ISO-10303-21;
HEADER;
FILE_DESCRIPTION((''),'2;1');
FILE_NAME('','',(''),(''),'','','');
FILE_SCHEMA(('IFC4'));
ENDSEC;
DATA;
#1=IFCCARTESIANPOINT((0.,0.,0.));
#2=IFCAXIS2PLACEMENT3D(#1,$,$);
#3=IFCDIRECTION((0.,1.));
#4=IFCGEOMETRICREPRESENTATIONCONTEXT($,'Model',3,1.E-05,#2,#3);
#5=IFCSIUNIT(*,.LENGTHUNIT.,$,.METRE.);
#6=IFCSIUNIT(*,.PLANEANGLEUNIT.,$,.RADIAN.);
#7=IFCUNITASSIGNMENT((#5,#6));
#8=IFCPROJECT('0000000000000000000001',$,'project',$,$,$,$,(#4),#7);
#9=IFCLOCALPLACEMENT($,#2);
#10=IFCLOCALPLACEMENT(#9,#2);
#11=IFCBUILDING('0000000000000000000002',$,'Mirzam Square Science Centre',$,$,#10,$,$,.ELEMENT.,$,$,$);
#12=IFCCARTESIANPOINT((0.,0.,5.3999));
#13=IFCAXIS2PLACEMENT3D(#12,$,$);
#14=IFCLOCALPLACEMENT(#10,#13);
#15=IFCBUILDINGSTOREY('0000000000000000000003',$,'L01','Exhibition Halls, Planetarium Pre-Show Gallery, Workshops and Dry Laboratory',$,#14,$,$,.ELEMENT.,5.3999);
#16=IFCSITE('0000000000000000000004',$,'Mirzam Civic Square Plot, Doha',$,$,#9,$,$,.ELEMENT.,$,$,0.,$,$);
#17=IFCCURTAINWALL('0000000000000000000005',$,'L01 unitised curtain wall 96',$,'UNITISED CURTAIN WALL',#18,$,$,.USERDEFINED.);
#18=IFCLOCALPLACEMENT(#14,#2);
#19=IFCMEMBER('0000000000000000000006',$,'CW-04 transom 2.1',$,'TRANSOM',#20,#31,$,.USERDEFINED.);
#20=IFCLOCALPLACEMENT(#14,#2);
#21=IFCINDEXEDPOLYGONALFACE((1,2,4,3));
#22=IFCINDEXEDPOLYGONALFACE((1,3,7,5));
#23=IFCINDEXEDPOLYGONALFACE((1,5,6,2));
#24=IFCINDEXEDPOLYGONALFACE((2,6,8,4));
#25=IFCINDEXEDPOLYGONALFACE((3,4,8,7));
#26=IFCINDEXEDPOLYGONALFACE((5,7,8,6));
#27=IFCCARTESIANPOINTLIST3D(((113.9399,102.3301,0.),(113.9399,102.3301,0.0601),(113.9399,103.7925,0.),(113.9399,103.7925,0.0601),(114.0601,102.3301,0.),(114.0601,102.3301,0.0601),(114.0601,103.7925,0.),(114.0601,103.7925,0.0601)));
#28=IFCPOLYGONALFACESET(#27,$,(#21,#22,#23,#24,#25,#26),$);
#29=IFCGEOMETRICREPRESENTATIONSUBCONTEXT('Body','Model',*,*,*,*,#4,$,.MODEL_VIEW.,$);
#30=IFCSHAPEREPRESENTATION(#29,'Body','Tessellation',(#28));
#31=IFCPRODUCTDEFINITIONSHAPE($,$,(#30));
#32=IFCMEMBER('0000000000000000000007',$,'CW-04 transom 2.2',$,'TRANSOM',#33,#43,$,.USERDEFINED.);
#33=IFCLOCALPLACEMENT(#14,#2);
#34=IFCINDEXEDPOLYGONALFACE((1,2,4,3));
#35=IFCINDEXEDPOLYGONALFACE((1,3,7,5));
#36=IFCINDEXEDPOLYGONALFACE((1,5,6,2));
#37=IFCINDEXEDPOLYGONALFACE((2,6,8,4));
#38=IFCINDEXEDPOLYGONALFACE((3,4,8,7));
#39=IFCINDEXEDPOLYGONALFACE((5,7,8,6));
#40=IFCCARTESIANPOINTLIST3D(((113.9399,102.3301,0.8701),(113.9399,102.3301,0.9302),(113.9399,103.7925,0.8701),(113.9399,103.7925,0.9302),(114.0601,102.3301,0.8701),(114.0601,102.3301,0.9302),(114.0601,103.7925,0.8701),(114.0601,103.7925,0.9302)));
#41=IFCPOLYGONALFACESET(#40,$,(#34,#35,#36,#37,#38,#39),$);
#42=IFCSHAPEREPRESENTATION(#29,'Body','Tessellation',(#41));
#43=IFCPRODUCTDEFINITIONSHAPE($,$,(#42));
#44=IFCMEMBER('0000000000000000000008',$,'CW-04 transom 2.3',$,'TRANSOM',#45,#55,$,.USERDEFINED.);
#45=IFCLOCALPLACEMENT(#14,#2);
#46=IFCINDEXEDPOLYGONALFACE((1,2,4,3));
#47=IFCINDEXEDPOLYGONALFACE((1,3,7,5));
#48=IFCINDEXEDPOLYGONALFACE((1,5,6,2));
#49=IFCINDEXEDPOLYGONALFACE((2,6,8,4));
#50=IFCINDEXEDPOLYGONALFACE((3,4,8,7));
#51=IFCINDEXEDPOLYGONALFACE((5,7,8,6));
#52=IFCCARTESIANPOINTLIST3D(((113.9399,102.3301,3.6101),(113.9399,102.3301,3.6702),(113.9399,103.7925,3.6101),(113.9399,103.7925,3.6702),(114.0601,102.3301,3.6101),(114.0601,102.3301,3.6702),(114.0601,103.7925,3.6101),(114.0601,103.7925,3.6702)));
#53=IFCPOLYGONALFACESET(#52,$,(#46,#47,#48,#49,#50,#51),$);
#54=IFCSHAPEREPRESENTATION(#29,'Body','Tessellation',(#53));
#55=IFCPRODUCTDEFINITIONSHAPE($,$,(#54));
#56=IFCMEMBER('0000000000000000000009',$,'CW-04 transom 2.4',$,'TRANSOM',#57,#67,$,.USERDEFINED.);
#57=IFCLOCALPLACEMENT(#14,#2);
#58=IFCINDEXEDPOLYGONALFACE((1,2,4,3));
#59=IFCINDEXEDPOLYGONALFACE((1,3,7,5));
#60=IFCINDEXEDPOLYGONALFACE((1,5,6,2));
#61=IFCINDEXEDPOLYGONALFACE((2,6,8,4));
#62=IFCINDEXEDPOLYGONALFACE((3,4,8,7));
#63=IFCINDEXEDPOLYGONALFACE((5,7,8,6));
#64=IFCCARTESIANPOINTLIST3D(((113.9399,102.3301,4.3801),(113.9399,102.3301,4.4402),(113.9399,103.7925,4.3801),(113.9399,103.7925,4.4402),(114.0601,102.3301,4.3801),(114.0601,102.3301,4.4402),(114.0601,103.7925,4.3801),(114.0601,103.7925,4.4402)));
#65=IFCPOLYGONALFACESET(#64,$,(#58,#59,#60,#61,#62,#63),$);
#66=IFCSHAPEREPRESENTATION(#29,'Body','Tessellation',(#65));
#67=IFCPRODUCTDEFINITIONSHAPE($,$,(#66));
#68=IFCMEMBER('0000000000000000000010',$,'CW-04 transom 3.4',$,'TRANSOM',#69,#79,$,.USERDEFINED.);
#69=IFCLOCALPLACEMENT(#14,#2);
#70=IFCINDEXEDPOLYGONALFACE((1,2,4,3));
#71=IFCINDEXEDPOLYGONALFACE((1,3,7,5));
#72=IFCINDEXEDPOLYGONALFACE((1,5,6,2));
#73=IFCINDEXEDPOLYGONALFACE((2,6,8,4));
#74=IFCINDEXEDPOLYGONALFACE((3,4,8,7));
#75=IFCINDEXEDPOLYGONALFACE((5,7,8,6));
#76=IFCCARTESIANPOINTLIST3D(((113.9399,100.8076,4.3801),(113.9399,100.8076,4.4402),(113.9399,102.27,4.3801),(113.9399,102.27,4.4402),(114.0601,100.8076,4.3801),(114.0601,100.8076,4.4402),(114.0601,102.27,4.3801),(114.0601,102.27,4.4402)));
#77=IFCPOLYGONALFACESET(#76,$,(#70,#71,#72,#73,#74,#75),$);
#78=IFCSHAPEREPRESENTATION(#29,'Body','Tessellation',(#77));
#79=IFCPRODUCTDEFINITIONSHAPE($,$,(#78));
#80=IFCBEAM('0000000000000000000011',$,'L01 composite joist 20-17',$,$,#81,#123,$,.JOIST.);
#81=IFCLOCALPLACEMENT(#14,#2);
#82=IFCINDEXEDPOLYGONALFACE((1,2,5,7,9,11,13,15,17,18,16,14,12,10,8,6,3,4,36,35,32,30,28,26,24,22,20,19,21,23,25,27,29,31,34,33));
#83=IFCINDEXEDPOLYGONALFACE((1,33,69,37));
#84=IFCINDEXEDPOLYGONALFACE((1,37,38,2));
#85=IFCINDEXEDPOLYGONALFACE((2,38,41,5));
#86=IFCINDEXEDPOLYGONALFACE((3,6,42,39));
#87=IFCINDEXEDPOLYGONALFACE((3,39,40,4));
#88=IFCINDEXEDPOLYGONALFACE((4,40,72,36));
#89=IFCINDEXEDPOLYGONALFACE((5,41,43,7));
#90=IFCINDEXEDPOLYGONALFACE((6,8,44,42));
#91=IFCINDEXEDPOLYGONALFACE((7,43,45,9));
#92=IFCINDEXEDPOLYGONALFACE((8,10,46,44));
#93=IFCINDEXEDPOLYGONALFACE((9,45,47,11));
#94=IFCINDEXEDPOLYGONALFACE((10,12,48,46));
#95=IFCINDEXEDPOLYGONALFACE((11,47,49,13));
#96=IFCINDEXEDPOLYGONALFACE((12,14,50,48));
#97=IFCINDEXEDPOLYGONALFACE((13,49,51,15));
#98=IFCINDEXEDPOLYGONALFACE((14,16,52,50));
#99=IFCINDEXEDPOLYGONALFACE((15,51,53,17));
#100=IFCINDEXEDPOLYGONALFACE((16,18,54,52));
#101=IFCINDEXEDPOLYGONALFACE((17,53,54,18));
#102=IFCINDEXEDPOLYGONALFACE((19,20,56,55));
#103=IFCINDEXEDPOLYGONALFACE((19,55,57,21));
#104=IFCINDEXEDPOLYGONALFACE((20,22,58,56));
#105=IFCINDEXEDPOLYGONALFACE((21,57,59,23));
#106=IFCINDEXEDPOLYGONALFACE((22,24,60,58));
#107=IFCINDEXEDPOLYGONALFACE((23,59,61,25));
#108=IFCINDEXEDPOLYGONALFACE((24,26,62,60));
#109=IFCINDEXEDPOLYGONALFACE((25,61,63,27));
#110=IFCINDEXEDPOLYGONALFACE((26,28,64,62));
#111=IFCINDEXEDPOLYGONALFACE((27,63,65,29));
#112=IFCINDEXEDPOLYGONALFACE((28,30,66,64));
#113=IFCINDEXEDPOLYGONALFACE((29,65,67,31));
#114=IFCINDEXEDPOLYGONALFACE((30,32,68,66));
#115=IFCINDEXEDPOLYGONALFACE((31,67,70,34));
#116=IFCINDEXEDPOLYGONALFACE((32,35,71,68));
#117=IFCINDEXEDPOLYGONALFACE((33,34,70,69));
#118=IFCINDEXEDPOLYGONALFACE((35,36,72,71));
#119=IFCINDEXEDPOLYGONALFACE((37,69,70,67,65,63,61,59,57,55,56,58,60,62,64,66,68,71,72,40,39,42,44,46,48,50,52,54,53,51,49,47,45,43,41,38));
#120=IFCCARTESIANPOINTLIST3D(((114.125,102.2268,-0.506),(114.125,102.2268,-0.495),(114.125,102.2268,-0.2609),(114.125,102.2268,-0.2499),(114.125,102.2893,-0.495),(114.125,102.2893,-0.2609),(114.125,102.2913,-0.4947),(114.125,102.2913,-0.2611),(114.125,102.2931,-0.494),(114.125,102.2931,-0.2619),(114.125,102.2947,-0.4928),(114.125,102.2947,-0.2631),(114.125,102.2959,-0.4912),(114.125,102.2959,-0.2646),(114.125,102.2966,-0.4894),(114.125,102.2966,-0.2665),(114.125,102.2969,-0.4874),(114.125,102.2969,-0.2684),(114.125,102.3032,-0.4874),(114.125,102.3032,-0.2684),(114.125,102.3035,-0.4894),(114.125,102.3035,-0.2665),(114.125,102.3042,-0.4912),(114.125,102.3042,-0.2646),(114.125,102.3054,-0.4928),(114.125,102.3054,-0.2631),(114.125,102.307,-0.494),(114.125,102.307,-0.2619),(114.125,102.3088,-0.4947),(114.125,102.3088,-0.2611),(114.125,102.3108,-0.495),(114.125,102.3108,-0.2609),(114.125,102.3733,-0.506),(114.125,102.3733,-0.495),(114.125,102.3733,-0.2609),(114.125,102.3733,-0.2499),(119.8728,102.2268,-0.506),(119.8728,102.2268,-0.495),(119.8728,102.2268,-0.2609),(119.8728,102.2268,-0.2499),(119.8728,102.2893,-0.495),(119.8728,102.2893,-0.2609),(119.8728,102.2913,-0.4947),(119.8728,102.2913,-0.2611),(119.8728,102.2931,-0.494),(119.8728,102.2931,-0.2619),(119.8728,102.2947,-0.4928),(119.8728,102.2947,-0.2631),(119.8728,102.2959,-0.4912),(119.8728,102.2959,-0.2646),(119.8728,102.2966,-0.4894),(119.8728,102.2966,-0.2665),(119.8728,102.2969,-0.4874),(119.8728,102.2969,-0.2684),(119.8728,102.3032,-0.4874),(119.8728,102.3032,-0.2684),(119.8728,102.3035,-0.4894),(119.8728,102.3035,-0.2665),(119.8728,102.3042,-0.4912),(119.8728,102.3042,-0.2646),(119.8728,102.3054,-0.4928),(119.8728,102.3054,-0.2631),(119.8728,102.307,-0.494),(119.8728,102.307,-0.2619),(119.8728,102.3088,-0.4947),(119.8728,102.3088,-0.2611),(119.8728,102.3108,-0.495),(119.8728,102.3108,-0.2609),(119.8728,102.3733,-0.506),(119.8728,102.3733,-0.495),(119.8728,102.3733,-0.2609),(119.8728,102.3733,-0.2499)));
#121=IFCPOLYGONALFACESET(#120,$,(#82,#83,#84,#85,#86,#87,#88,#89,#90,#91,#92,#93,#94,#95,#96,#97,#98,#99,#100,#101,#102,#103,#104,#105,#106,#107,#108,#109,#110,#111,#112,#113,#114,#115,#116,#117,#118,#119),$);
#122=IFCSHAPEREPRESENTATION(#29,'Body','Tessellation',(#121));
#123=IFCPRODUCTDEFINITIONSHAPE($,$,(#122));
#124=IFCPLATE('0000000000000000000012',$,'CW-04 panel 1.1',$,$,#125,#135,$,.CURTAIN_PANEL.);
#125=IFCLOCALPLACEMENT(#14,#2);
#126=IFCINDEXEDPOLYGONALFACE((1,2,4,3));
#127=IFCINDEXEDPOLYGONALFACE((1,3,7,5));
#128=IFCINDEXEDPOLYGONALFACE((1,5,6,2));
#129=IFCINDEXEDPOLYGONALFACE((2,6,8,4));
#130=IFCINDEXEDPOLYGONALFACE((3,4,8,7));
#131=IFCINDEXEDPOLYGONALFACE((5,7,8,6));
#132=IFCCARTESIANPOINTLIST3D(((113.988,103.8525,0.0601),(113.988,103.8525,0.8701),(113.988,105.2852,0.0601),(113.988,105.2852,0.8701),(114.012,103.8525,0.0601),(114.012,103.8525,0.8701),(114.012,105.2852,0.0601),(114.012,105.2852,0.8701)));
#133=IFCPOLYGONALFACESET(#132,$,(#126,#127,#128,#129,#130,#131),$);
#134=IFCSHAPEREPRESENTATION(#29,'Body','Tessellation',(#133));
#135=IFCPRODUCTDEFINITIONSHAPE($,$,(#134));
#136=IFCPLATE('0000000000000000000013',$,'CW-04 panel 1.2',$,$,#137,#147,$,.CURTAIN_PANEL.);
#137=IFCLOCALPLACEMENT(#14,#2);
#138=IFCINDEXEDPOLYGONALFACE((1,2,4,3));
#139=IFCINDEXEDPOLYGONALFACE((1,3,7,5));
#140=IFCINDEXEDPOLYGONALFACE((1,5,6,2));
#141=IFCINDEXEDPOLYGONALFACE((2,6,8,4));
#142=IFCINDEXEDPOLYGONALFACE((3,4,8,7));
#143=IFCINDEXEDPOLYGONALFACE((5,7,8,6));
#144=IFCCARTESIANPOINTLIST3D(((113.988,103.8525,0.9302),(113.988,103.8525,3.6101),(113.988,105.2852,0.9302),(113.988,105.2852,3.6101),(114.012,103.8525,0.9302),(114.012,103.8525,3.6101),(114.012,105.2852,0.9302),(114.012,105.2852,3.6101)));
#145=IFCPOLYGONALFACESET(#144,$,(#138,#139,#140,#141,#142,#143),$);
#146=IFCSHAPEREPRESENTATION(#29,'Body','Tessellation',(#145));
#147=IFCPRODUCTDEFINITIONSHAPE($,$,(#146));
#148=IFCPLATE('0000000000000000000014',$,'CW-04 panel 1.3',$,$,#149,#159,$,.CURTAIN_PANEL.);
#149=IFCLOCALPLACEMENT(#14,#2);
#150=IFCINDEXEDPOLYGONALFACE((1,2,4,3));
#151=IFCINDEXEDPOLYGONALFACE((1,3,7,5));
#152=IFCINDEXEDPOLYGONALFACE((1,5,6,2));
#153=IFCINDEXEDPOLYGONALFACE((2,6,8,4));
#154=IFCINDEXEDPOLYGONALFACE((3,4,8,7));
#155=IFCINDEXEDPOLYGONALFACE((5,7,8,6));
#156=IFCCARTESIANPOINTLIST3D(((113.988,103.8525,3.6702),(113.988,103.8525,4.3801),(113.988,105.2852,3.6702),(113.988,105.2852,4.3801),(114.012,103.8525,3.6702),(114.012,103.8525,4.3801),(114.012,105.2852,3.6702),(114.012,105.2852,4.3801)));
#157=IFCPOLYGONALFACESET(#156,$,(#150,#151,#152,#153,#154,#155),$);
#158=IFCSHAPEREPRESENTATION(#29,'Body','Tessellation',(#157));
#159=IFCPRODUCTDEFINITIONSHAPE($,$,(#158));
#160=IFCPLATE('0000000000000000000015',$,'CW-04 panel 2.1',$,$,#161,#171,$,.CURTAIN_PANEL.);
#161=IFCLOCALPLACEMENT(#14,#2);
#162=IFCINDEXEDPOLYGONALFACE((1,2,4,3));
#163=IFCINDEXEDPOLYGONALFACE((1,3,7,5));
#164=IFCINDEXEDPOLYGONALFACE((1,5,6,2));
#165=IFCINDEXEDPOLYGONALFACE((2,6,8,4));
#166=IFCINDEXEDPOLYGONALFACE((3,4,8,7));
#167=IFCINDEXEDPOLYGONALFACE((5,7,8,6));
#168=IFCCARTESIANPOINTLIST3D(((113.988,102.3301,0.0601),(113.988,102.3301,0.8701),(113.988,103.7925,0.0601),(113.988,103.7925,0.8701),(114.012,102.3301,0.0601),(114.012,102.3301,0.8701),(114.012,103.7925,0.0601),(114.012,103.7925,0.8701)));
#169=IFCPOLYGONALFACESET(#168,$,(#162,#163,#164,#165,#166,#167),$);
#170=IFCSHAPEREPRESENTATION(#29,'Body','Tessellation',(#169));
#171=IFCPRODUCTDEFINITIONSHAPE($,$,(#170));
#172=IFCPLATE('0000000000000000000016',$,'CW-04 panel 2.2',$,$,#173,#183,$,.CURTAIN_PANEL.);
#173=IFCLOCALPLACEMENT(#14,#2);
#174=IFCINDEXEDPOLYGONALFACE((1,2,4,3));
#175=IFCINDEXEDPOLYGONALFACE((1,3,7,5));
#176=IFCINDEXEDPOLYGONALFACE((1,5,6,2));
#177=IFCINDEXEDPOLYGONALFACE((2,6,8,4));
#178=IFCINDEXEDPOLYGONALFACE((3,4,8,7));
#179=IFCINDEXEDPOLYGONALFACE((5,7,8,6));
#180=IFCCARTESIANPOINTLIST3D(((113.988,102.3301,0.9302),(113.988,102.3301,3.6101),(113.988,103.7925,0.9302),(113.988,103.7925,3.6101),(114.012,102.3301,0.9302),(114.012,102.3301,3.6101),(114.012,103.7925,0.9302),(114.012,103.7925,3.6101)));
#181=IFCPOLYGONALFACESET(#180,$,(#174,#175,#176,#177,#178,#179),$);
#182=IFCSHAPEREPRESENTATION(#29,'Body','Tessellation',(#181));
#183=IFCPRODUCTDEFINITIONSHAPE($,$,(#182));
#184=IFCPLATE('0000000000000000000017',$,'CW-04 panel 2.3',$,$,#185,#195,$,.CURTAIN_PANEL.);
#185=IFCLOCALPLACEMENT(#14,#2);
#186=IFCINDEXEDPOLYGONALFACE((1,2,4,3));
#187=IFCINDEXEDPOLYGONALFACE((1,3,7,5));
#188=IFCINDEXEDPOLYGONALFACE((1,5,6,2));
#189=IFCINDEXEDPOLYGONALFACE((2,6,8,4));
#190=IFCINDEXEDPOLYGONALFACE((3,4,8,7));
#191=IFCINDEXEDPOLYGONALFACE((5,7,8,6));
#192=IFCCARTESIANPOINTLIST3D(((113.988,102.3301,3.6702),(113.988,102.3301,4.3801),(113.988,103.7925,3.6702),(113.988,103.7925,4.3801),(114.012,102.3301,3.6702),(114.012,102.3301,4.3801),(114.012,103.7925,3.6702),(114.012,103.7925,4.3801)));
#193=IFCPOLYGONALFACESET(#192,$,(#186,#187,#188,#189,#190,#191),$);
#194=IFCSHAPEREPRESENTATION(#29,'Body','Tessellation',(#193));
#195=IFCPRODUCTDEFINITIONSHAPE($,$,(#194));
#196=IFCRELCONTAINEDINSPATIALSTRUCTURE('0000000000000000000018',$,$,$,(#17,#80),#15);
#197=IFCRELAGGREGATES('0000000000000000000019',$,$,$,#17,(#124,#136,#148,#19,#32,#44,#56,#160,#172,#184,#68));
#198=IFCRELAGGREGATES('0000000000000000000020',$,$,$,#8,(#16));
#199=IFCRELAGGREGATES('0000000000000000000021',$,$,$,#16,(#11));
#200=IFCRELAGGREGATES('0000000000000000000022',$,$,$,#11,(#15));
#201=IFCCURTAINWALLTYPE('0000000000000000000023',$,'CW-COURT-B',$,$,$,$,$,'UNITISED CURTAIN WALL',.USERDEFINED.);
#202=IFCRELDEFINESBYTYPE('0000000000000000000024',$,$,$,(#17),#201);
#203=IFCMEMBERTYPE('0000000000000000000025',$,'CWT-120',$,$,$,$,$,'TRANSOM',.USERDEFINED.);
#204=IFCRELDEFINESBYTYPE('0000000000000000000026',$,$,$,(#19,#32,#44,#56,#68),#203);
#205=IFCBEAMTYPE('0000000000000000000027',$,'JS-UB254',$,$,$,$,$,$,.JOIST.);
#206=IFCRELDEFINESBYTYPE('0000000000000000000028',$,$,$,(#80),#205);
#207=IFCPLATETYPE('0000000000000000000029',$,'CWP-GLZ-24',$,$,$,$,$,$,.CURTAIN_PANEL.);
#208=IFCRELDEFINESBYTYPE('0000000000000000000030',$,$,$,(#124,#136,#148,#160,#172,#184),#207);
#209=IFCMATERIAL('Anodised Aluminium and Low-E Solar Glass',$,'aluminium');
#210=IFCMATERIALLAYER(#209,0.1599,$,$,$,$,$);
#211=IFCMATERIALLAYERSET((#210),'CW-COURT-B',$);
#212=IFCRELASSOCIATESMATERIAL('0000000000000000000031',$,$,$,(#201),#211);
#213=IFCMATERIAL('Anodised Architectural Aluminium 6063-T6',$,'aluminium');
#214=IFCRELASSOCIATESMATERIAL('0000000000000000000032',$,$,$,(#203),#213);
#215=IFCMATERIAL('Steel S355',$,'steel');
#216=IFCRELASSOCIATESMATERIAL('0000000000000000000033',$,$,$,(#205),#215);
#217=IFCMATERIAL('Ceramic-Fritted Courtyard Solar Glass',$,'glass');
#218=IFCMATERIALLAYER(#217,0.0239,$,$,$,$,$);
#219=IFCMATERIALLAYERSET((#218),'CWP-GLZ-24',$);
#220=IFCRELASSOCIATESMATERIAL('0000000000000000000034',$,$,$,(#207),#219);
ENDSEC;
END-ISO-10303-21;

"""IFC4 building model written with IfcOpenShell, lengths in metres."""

from ifc_helpers import new_model, si_unit, direction, frame, origin, origin_2d, place, context, subcontext, project, spatial, rectangle, i_section, extrude, material, layer, layer_set, material_profile, profile_set, type_object, element, aggregate, save


model = new_model("IFC4")

# Units and contexts
model_context = context("Model", 3, precision=1e-05, world=origin(), true_north=direction((0.0, 1.0)))
body_context = subcontext(model_context, "Body", "Model", "MODEL_VIEW")
ifc_project = project(units=[si_unit("LENGTHUNIT", "METRE"), si_unit("PLANEANGLEUNIT", "RADIAN")], contexts=[model_context])

# Site, building, storey
site_placement = place(None, origin())
site = spatial("IfcSite", under=ifc_project, at=site_placement, Name="Mirzam Civic Square Plot, Doha", CompositionType="ELEMENT", RefElevation=0.0)
building_placement = place(site_placement, origin())
building = spatial("IfcBuilding", under=site, at=building_placement, Name="Mirzam Square Science Centre", CompositionType="ELEMENT")
storey_placement = place(building_placement, frame((0.0, 0.0, 5.3999)))
storey = spatial("IfcBuildingStorey", under=building, at=storey_placement, Name="L01", Description="Exhibition Halls, Planetarium Pre-Show Gallery, Workshops and Dry Laboratory", CompositionType="ELEMENT", Elevation=5.3999)

# Shared definitions
ifc_material_1 = material(Name="Steel S355", Category="steel")

# Curtain wall, members
ifc_material_2 = material(Name="Anodised Aluminium and Low-E Solar Glass", Category="aluminium")
ifc_layer_1 = layer(ifc_material_2, 0.1599)
ifc_layer_set_1 = layer_set([ifc_layer_1], Name="CW-COURT-B")
curtain_wall_type = type_object("IfcCurtainWallType", Name="CW-COURT-B", ElementType="UNITISED CURTAIN WALL", PredefinedType="USERDEFINED", material=ifc_layer_set_1)
curtain_wall_placement = place(storey_placement, origin())
curtain_wall = element("IfcCurtainWall", 1, at=curtain_wall_placement, inside=storey, type_object=curtain_wall_type, Name="L01 unitised curtain wall 96", ObjectType="UNITISED CURTAIN WALL", PredefinedType="USERDEFINED")
ifc_material_3 = material(Name="Anodised Architectural Aluminium 6063-T6", Category="aluminium")
ifc_material_profile_1 = material_profile(ifc_material_3, rectangle(XDim=0.1201, YDim=0.0601, at=origin_2d()), Name="ALU-TRAN-120x60x4")
ifc_profile_set_1 = profile_set([ifc_material_profile_1], Name="Anodised Architectural Aluminium 6063-T6")
member_type_1 = type_object("IfcMemberType", Name="CWT-120", ElementType="TRANSOM", PredefinedType="USERDEFINED", material=ifc_profile_set_1)
member_1_placement = place(storey_placement, frame((114.0, 103.7925, 0.03), z_axis=(0.0, -1.0, 0.0), x_axis=(1.0, 0.0, 0.0)))
member_1 = element("IfcMember", 2, at=member_1_placement, type_object=member_type_1, Name="CW-04 transom 2.1", ObjectType="TRANSOM", PredefinedType="USERDEFINED", context=body_context, shape_type="SweptSolid", body=[
    extrude(rectangle(XDim=0.1201, YDim=0.0601, at=origin_2d()), origin(), (0.0, 0.0, 1.0), 1.4624),
])
member_2_placement = place(storey_placement, frame((114.0, 103.7925, 0.9001), z_axis=(0.0, -1.0, 0.0), x_axis=(1.0, 0.0, 0.0)))
member_2 = element("IfcMember", 3, at=member_2_placement, type_object=member_type_1, Name="CW-04 transom 2.2", ObjectType="TRANSOM", PredefinedType="USERDEFINED", context=body_context, shape_type="SweptSolid", body=[
    extrude(rectangle(XDim=0.1201, YDim=0.0601, at=origin_2d()), origin(), (0.0, 0.0, 1.0), 1.4624),
])
member_3_placement = place(storey_placement, frame((114.0, 103.7925, 3.6401), z_axis=(0.0, -1.0, 0.0), x_axis=(1.0, 0.0, 0.0)))
member_3 = element("IfcMember", 4, at=member_3_placement, type_object=member_type_1, Name="CW-04 transom 2.3", ObjectType="TRANSOM", PredefinedType="USERDEFINED", context=body_context, shape_type="SweptSolid", body=[
    extrude(rectangle(XDim=0.1201, YDim=0.0601, at=origin_2d()), origin(), (0.0, 0.0, 1.0), 1.4624),
])
member_4_placement = place(storey_placement, frame((114.0, 103.7925, 4.4102), z_axis=(0.0, -1.0, 0.0), x_axis=(1.0, 0.0, 0.0)))
member_4 = element("IfcMember", 5, at=member_4_placement, type_object=member_type_1, Name="CW-04 transom 2.4", ObjectType="TRANSOM", PredefinedType="USERDEFINED", context=body_context, shape_type="SweptSolid", body=[
    extrude(rectangle(XDim=0.1201, YDim=0.0601, at=origin_2d()), origin(), (0.0, 0.0, 1.0), 1.4624),
])
member_5_placement = place(storey_placement, frame((114.0, 102.27, 4.4102), z_axis=(0.0, -1.0, 0.0), x_axis=(1.0, 0.0, 0.0)))
member_5 = element("IfcMember", 6, at=member_5_placement, type_object=member_type_1, Name="CW-04 transom 3.4", ObjectType="TRANSOM", PredefinedType="USERDEFINED", context=body_context, shape_type="SweptSolid", body=[
    extrude(rectangle(XDim=0.1201, YDim=0.0601, at=origin_2d()), origin(), (0.0, 0.0, 1.0), 1.4624),
])

# Beam
ifc_material_profile_2 = material_profile(ifc_material_1, i_section(OverallWidth=0.1465, OverallDepth=0.2561, WebThickness=0.0063, FlangeThickness=0.011, FilletRadius=0.0076, at=origin_2d()), Name="254x146x37UB")
ifc_profile_set_2 = profile_set([ifc_material_profile_2], Name="Steel S355")
beam_type_1 = type_object("IfcBeamType", Name="JS-UB254", PredefinedType="JOIST", material=ifc_profile_set_2)
beam_1_placement = place(storey_placement, frame((114.125, 102.3, -0.3779), z_axis=(1.0, 0.0, 0.0), x_axis=(0.0, 1.0, 0.0)))
element("IfcBeam", 7, at=beam_1_placement, inside=storey, type_object=beam_type_1, Name="L01 composite joist 20-17", PredefinedType="JOIST", context=body_context, shape_type="SweptSolid", body=[
    extrude(i_section(OverallWidth=0.1465, OverallDepth=0.2561, WebThickness=0.0063, FlangeThickness=0.011, FilletRadius=0.0076, at=origin_2d()), origin(), (0.0, 0.0, 1.0), 5.7478),
])

# Plates
ifc_material_4 = material(Name="Ceramic-Fritted Courtyard Solar Glass", Category="glass")
ifc_layer_2 = layer(ifc_material_4, 0.0239)
ifc_layer_set_2 = layer_set([ifc_layer_2], Name="CWP-GLZ-24")
plate_type = type_object("IfcPlateType", Name="CWP-GLZ-24", PredefinedType="CURTAIN_PANEL", material=ifc_layer_set_2)
plate_1_placement = place(storey_placement, frame((114.0, 104.5688, 0.0601), z_axis=(0.0, 0.0, 1.0), x_axis=(0.0, -1.0, 0.0)))
plate_1 = element("IfcPlate", 8, at=plate_1_placement, type_object=plate_type, Name="CW-04 panel 1.1", PredefinedType="CURTAIN_PANEL", context=body_context, shape_type="SweptSolid", body=[
    extrude(rectangle(XDim=1.4326, YDim=0.0239, at=origin_2d()), origin(), (0.0, 0.0, 1.0), 0.8101),
])
plate_2_placement = place(storey_placement, frame((114.0, 104.5688, 0.9302), z_axis=(0.0, 0.0, 1.0), x_axis=(0.0, -1.0, 0.0)))
plate_2 = element("IfcPlate", 9, at=plate_2_placement, type_object=plate_type, Name="CW-04 panel 1.2", PredefinedType="CURTAIN_PANEL", context=body_context, shape_type="SweptSolid", body=[
    extrude(rectangle(XDim=1.4326, YDim=0.0239, at=origin_2d()), origin(), (0.0, 0.0, 1.0), 2.6799),
])
plate_3_placement = place(storey_placement, frame((114.0, 104.5688, 3.6702), z_axis=(0.0, 0.0, 1.0), x_axis=(0.0, -1.0, 0.0)))
plate_3 = element("IfcPlate", 10, at=plate_3_placement, type_object=plate_type, Name="CW-04 panel 1.3", PredefinedType="CURTAIN_PANEL", context=body_context, shape_type="SweptSolid", body=[
    extrude(rectangle(XDim=1.4326, YDim=0.0239, at=origin_2d()), origin(), (0.0, 0.0, 1.0), 0.71),
])
plate_4_placement = place(storey_placement, frame((114.0, 103.0613, 0.0601), z_axis=(0.0, 0.0, 1.0), x_axis=(0.0, -1.0, 0.0)))
plate_4 = element("IfcPlate", 11, at=plate_4_placement, type_object=plate_type, Name="CW-04 panel 2.1", PredefinedType="CURTAIN_PANEL", context=body_context, shape_type="SweptSolid", body=[
    extrude(rectangle(XDim=1.4624, YDim=0.0239, at=origin_2d()), origin(), (0.0, 0.0, 1.0), 0.8101),
])
plate_5_placement = place(storey_placement, frame((114.0, 103.0613, 0.9302), z_axis=(0.0, 0.0, 1.0), x_axis=(0.0, -1.0, 0.0)))
plate_5 = element("IfcPlate", 12, at=plate_5_placement, type_object=plate_type, Name="CW-04 panel 2.2", PredefinedType="CURTAIN_PANEL", context=body_context, shape_type="SweptSolid", body=[
    extrude(rectangle(XDim=1.4624, YDim=0.0239, at=origin_2d()), origin(), (0.0, 0.0, 1.0), 2.6799),
])
plate_6_placement = place(storey_placement, frame((114.0, 103.0613, 3.6702), z_axis=(0.0, 0.0, 1.0), x_axis=(0.0, -1.0, 0.0)))
plate_6 = element("IfcPlate", 13, at=plate_6_placement, type_object=plate_type, Name="CW-04 panel 2.3", PredefinedType="CURTAIN_PANEL", context=body_context, shape_type="SweptSolid", body=[
    extrude(rectangle(XDim=1.4624, YDim=0.0239, at=origin_2d()), origin(), (0.0, 0.0, 1.0), 0.71),
])
aggregate(curtain_wall, [plate_1, plate_2, plate_3, member_1, member_2, member_3, member_4, plate_4, plate_5, plate_6, member_5])

save(model, "model.ifc")
